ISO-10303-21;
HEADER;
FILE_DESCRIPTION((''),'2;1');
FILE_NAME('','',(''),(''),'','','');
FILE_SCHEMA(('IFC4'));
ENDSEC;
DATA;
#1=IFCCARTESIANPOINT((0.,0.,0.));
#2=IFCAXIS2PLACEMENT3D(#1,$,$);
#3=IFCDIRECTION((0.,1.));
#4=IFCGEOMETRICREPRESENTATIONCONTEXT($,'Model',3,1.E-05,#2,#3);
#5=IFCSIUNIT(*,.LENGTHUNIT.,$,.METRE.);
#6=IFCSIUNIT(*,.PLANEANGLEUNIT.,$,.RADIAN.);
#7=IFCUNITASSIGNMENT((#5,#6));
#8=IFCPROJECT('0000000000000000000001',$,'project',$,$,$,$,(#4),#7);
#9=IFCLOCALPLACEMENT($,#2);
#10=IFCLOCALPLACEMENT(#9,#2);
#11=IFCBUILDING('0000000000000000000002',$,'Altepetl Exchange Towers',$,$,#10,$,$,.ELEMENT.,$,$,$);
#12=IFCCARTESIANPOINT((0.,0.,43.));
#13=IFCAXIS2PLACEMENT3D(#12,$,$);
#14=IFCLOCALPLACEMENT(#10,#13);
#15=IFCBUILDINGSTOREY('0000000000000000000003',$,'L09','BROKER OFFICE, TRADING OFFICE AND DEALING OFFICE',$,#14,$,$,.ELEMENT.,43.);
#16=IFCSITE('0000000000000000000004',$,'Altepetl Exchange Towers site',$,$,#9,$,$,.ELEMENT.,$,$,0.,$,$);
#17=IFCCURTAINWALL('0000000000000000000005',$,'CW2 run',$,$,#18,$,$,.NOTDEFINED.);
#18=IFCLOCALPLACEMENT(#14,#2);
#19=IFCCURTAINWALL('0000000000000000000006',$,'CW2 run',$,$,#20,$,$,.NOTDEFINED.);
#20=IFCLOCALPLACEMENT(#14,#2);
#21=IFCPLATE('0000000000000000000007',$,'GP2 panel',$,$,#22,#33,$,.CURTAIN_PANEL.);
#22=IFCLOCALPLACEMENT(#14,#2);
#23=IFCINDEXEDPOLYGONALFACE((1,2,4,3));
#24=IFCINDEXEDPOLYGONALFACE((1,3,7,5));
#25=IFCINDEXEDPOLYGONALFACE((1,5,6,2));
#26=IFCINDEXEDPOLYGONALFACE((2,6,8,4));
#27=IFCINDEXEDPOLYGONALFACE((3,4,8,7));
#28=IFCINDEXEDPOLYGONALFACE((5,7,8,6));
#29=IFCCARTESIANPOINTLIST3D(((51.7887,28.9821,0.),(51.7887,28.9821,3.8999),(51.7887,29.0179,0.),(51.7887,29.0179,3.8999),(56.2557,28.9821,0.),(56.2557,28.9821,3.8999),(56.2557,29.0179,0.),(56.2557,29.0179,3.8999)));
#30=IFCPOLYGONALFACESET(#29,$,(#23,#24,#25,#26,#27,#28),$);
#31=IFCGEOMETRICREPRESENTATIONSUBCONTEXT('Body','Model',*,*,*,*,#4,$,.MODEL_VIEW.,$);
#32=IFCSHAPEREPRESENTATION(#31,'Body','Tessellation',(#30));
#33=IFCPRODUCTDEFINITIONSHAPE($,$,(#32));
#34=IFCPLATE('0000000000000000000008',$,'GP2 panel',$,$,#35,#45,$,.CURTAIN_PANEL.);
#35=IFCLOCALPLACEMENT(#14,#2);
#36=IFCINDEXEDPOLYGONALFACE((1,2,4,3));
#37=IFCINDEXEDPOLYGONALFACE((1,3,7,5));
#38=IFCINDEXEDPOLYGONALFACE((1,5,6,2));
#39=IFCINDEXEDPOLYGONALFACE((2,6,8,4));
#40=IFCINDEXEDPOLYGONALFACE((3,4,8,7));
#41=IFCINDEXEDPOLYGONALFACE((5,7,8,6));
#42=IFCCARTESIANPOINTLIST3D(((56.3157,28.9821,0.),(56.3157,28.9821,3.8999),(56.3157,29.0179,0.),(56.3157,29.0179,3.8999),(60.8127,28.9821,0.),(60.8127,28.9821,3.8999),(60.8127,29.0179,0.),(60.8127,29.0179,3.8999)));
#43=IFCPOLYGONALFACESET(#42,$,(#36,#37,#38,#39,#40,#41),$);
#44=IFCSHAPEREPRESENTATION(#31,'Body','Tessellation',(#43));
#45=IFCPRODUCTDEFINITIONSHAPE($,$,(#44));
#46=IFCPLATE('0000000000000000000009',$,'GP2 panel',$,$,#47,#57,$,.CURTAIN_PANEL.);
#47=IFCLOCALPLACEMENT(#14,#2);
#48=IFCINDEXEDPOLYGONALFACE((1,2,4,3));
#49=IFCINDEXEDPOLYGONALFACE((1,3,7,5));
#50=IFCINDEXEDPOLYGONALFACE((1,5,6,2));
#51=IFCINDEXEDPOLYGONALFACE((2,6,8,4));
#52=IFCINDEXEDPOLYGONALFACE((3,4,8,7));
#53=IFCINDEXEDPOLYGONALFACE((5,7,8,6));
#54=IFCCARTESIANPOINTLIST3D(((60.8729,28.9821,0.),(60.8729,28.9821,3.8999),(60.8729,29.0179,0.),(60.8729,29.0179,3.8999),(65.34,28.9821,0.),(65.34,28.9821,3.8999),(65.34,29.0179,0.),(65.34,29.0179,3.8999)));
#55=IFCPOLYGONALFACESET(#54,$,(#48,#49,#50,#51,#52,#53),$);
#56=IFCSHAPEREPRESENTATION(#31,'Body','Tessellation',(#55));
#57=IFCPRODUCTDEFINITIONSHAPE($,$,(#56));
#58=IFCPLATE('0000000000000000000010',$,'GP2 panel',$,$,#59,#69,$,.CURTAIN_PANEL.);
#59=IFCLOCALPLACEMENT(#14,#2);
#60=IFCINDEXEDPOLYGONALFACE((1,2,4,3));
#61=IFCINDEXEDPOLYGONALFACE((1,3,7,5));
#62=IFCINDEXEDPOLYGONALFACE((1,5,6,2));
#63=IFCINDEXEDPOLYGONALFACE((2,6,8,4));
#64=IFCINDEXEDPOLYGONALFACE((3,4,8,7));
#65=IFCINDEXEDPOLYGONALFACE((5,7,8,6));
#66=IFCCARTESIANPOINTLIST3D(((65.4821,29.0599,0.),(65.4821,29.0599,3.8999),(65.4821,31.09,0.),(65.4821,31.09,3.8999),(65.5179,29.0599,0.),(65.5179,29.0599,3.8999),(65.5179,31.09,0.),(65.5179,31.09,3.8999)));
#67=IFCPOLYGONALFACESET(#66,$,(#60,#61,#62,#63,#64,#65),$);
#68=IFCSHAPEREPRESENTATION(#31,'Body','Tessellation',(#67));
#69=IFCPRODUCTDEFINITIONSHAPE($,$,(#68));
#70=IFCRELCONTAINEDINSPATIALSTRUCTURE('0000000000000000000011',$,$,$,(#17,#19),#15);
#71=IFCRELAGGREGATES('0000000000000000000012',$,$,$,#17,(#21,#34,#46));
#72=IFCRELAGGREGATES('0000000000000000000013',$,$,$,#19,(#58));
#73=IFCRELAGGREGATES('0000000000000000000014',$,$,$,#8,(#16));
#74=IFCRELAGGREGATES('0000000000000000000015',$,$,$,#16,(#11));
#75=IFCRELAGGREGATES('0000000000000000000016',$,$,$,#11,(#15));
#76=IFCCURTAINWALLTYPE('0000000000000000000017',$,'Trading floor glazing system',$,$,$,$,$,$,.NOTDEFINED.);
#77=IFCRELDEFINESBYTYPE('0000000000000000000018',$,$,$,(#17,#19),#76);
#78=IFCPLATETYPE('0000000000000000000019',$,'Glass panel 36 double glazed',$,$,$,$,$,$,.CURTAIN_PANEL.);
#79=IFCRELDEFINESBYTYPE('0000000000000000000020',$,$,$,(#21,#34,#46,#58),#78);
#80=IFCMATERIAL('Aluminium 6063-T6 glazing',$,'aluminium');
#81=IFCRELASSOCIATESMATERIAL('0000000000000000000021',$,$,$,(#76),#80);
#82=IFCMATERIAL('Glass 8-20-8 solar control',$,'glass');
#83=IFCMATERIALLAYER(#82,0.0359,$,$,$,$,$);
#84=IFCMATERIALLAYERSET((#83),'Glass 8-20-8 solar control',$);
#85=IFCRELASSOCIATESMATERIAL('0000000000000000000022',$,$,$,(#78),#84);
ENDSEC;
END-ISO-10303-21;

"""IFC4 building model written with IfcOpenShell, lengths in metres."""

from ifc_helpers import new_model, si_unit, direction, frame, origin, origin_2d, place, context, subcontext, project, spatial, rectangle, extrude, material, layer, layer_set, type_object, element, aggregate, save


model = new_model("IFC4")

# Units and contexts
model_context = context("Model", 3, precision=1e-05, world=origin(), true_north=direction((0.0, 1.0)))
body_context = subcontext(model_context, "Body", "Model", "MODEL_VIEW")
ifc_project = project(units=[si_unit("LENGTHUNIT", "METRE"), si_unit("PLANEANGLEUNIT", "RADIAN")], contexts=[model_context])

# Site, building, storey
site_placement = place(None, origin())
site = spatial("IfcSite", under=ifc_project, at=site_placement, Name="Altepetl Exchange Towers site", CompositionType="ELEMENT", RefElevation=0.0)
building_placement = place(site_placement, origin())
building = spatial("IfcBuilding", under=site, at=building_placement, Name="Altepetl Exchange Towers", CompositionType="ELEMENT")
storey_placement = place(building_placement, frame((0.0, 0.0, 43.0)))
storey = spatial("IfcBuildingStorey", under=building, at=storey_placement, Name="L09", Description="BROKER OFFICE, TRADING OFFICE AND DEALING OFFICE", CompositionType="ELEMENT", Elevation=43.0)

# Curtain wall
ifc_material_1 = material(Name="Aluminium 6063-T6 glazing", Category="aluminium")
curtain_wall_type = type_object("IfcCurtainWallType", Name="Trading floor glazing system", PredefinedType="NOTDEFINED", material=ifc_material_1)
curtain_wall_1_placement = place(storey_placement, origin())
curtain_wall_1 = element("IfcCurtainWall", 1, at=curtain_wall_1_placement, inside=storey, type_object=curtain_wall_type, Name="CW2 run", PredefinedType="NOTDEFINED")

# Curtain wall
curtain_wall_2_placement = place(storey_placement, origin())
curtain_wall_2 = element("IfcCurtainWall", 2, at=curtain_wall_2_placement, inside=storey, type_object=curtain_wall_type, Name="CW2 run", PredefinedType="NOTDEFINED")

# Plates
ifc_material_2 = material(Name="Glass 8-20-8 solar control", Category="glass")
ifc_layer = layer(ifc_material_2, 0.0359)
ifc_layer_set = layer_set([ifc_layer], Name="Glass 8-20-8 solar control")
plate_type = type_object("IfcPlateType", Name="Glass panel 36 double glazed", PredefinedType="CURTAIN_PANEL", material=ifc_layer_set)
plate_1_placement = place(storey_placement, frame((54.0222, 29.0, 0.0)))
plate_1 = element("IfcPlate", 3, at=plate_1_placement, type_object=plate_type, Name="GP2 panel", PredefinedType="CURTAIN_PANEL", context=body_context, shape_type="SweptSolid", body=[
    extrude(rectangle(XDim=4.467, YDim=0.0359, at=origin_2d()), origin(), (0.0, 0.0, 1.0), 3.8999),
])
plate_2_placement = place(storey_placement, frame((58.5642, 29.0, 0.0)))
plate_2 = element("IfcPlate", 4, at=plate_2_placement, type_object=plate_type, Name="GP2 panel", PredefinedType="CURTAIN_PANEL", context=body_context, shape_type="SweptSolid", body=[
    extrude(rectangle(XDim=4.4971, YDim=0.0359, at=origin_2d()), origin(), (0.0, 0.0, 1.0), 3.8999),
])
plate_3_placement = place(storey_placement, frame((63.1064, 29.0, 0.0)))
plate_3 = element("IfcPlate", 5, at=plate_3_placement, type_object=plate_type, Name="GP2 panel", PredefinedType="CURTAIN_PANEL", context=body_context, shape_type="SweptSolid", body=[
    extrude(rectangle(XDim=4.467, YDim=0.0359, at=origin_2d()), origin(), (0.0, 0.0, 1.0), 3.8999),
])
aggregate(curtain_wall_1, [plate_1, plate_2, plate_3])
plate_4_placement = place(storey_placement, frame((65.5, 30.075, 0.0), z_axis=(0.0, 0.0, 1.0), x_axis=(0.0, 1.0, 0.0)))
plate_4 = element("IfcPlate", 6, at=plate_4_placement, type_object=plate_type, Name="GP2 panel", PredefinedType="CURTAIN_PANEL", context=body_context, shape_type="SweptSolid", body=[
    extrude(rectangle(XDim=2.03, YDim=0.0359, at=origin_2d()), origin(), (0.0, 0.0, 1.0), 3.8999),
])
aggregate(curtain_wall_2, [plate_4])

save(model, "model.ifc")
